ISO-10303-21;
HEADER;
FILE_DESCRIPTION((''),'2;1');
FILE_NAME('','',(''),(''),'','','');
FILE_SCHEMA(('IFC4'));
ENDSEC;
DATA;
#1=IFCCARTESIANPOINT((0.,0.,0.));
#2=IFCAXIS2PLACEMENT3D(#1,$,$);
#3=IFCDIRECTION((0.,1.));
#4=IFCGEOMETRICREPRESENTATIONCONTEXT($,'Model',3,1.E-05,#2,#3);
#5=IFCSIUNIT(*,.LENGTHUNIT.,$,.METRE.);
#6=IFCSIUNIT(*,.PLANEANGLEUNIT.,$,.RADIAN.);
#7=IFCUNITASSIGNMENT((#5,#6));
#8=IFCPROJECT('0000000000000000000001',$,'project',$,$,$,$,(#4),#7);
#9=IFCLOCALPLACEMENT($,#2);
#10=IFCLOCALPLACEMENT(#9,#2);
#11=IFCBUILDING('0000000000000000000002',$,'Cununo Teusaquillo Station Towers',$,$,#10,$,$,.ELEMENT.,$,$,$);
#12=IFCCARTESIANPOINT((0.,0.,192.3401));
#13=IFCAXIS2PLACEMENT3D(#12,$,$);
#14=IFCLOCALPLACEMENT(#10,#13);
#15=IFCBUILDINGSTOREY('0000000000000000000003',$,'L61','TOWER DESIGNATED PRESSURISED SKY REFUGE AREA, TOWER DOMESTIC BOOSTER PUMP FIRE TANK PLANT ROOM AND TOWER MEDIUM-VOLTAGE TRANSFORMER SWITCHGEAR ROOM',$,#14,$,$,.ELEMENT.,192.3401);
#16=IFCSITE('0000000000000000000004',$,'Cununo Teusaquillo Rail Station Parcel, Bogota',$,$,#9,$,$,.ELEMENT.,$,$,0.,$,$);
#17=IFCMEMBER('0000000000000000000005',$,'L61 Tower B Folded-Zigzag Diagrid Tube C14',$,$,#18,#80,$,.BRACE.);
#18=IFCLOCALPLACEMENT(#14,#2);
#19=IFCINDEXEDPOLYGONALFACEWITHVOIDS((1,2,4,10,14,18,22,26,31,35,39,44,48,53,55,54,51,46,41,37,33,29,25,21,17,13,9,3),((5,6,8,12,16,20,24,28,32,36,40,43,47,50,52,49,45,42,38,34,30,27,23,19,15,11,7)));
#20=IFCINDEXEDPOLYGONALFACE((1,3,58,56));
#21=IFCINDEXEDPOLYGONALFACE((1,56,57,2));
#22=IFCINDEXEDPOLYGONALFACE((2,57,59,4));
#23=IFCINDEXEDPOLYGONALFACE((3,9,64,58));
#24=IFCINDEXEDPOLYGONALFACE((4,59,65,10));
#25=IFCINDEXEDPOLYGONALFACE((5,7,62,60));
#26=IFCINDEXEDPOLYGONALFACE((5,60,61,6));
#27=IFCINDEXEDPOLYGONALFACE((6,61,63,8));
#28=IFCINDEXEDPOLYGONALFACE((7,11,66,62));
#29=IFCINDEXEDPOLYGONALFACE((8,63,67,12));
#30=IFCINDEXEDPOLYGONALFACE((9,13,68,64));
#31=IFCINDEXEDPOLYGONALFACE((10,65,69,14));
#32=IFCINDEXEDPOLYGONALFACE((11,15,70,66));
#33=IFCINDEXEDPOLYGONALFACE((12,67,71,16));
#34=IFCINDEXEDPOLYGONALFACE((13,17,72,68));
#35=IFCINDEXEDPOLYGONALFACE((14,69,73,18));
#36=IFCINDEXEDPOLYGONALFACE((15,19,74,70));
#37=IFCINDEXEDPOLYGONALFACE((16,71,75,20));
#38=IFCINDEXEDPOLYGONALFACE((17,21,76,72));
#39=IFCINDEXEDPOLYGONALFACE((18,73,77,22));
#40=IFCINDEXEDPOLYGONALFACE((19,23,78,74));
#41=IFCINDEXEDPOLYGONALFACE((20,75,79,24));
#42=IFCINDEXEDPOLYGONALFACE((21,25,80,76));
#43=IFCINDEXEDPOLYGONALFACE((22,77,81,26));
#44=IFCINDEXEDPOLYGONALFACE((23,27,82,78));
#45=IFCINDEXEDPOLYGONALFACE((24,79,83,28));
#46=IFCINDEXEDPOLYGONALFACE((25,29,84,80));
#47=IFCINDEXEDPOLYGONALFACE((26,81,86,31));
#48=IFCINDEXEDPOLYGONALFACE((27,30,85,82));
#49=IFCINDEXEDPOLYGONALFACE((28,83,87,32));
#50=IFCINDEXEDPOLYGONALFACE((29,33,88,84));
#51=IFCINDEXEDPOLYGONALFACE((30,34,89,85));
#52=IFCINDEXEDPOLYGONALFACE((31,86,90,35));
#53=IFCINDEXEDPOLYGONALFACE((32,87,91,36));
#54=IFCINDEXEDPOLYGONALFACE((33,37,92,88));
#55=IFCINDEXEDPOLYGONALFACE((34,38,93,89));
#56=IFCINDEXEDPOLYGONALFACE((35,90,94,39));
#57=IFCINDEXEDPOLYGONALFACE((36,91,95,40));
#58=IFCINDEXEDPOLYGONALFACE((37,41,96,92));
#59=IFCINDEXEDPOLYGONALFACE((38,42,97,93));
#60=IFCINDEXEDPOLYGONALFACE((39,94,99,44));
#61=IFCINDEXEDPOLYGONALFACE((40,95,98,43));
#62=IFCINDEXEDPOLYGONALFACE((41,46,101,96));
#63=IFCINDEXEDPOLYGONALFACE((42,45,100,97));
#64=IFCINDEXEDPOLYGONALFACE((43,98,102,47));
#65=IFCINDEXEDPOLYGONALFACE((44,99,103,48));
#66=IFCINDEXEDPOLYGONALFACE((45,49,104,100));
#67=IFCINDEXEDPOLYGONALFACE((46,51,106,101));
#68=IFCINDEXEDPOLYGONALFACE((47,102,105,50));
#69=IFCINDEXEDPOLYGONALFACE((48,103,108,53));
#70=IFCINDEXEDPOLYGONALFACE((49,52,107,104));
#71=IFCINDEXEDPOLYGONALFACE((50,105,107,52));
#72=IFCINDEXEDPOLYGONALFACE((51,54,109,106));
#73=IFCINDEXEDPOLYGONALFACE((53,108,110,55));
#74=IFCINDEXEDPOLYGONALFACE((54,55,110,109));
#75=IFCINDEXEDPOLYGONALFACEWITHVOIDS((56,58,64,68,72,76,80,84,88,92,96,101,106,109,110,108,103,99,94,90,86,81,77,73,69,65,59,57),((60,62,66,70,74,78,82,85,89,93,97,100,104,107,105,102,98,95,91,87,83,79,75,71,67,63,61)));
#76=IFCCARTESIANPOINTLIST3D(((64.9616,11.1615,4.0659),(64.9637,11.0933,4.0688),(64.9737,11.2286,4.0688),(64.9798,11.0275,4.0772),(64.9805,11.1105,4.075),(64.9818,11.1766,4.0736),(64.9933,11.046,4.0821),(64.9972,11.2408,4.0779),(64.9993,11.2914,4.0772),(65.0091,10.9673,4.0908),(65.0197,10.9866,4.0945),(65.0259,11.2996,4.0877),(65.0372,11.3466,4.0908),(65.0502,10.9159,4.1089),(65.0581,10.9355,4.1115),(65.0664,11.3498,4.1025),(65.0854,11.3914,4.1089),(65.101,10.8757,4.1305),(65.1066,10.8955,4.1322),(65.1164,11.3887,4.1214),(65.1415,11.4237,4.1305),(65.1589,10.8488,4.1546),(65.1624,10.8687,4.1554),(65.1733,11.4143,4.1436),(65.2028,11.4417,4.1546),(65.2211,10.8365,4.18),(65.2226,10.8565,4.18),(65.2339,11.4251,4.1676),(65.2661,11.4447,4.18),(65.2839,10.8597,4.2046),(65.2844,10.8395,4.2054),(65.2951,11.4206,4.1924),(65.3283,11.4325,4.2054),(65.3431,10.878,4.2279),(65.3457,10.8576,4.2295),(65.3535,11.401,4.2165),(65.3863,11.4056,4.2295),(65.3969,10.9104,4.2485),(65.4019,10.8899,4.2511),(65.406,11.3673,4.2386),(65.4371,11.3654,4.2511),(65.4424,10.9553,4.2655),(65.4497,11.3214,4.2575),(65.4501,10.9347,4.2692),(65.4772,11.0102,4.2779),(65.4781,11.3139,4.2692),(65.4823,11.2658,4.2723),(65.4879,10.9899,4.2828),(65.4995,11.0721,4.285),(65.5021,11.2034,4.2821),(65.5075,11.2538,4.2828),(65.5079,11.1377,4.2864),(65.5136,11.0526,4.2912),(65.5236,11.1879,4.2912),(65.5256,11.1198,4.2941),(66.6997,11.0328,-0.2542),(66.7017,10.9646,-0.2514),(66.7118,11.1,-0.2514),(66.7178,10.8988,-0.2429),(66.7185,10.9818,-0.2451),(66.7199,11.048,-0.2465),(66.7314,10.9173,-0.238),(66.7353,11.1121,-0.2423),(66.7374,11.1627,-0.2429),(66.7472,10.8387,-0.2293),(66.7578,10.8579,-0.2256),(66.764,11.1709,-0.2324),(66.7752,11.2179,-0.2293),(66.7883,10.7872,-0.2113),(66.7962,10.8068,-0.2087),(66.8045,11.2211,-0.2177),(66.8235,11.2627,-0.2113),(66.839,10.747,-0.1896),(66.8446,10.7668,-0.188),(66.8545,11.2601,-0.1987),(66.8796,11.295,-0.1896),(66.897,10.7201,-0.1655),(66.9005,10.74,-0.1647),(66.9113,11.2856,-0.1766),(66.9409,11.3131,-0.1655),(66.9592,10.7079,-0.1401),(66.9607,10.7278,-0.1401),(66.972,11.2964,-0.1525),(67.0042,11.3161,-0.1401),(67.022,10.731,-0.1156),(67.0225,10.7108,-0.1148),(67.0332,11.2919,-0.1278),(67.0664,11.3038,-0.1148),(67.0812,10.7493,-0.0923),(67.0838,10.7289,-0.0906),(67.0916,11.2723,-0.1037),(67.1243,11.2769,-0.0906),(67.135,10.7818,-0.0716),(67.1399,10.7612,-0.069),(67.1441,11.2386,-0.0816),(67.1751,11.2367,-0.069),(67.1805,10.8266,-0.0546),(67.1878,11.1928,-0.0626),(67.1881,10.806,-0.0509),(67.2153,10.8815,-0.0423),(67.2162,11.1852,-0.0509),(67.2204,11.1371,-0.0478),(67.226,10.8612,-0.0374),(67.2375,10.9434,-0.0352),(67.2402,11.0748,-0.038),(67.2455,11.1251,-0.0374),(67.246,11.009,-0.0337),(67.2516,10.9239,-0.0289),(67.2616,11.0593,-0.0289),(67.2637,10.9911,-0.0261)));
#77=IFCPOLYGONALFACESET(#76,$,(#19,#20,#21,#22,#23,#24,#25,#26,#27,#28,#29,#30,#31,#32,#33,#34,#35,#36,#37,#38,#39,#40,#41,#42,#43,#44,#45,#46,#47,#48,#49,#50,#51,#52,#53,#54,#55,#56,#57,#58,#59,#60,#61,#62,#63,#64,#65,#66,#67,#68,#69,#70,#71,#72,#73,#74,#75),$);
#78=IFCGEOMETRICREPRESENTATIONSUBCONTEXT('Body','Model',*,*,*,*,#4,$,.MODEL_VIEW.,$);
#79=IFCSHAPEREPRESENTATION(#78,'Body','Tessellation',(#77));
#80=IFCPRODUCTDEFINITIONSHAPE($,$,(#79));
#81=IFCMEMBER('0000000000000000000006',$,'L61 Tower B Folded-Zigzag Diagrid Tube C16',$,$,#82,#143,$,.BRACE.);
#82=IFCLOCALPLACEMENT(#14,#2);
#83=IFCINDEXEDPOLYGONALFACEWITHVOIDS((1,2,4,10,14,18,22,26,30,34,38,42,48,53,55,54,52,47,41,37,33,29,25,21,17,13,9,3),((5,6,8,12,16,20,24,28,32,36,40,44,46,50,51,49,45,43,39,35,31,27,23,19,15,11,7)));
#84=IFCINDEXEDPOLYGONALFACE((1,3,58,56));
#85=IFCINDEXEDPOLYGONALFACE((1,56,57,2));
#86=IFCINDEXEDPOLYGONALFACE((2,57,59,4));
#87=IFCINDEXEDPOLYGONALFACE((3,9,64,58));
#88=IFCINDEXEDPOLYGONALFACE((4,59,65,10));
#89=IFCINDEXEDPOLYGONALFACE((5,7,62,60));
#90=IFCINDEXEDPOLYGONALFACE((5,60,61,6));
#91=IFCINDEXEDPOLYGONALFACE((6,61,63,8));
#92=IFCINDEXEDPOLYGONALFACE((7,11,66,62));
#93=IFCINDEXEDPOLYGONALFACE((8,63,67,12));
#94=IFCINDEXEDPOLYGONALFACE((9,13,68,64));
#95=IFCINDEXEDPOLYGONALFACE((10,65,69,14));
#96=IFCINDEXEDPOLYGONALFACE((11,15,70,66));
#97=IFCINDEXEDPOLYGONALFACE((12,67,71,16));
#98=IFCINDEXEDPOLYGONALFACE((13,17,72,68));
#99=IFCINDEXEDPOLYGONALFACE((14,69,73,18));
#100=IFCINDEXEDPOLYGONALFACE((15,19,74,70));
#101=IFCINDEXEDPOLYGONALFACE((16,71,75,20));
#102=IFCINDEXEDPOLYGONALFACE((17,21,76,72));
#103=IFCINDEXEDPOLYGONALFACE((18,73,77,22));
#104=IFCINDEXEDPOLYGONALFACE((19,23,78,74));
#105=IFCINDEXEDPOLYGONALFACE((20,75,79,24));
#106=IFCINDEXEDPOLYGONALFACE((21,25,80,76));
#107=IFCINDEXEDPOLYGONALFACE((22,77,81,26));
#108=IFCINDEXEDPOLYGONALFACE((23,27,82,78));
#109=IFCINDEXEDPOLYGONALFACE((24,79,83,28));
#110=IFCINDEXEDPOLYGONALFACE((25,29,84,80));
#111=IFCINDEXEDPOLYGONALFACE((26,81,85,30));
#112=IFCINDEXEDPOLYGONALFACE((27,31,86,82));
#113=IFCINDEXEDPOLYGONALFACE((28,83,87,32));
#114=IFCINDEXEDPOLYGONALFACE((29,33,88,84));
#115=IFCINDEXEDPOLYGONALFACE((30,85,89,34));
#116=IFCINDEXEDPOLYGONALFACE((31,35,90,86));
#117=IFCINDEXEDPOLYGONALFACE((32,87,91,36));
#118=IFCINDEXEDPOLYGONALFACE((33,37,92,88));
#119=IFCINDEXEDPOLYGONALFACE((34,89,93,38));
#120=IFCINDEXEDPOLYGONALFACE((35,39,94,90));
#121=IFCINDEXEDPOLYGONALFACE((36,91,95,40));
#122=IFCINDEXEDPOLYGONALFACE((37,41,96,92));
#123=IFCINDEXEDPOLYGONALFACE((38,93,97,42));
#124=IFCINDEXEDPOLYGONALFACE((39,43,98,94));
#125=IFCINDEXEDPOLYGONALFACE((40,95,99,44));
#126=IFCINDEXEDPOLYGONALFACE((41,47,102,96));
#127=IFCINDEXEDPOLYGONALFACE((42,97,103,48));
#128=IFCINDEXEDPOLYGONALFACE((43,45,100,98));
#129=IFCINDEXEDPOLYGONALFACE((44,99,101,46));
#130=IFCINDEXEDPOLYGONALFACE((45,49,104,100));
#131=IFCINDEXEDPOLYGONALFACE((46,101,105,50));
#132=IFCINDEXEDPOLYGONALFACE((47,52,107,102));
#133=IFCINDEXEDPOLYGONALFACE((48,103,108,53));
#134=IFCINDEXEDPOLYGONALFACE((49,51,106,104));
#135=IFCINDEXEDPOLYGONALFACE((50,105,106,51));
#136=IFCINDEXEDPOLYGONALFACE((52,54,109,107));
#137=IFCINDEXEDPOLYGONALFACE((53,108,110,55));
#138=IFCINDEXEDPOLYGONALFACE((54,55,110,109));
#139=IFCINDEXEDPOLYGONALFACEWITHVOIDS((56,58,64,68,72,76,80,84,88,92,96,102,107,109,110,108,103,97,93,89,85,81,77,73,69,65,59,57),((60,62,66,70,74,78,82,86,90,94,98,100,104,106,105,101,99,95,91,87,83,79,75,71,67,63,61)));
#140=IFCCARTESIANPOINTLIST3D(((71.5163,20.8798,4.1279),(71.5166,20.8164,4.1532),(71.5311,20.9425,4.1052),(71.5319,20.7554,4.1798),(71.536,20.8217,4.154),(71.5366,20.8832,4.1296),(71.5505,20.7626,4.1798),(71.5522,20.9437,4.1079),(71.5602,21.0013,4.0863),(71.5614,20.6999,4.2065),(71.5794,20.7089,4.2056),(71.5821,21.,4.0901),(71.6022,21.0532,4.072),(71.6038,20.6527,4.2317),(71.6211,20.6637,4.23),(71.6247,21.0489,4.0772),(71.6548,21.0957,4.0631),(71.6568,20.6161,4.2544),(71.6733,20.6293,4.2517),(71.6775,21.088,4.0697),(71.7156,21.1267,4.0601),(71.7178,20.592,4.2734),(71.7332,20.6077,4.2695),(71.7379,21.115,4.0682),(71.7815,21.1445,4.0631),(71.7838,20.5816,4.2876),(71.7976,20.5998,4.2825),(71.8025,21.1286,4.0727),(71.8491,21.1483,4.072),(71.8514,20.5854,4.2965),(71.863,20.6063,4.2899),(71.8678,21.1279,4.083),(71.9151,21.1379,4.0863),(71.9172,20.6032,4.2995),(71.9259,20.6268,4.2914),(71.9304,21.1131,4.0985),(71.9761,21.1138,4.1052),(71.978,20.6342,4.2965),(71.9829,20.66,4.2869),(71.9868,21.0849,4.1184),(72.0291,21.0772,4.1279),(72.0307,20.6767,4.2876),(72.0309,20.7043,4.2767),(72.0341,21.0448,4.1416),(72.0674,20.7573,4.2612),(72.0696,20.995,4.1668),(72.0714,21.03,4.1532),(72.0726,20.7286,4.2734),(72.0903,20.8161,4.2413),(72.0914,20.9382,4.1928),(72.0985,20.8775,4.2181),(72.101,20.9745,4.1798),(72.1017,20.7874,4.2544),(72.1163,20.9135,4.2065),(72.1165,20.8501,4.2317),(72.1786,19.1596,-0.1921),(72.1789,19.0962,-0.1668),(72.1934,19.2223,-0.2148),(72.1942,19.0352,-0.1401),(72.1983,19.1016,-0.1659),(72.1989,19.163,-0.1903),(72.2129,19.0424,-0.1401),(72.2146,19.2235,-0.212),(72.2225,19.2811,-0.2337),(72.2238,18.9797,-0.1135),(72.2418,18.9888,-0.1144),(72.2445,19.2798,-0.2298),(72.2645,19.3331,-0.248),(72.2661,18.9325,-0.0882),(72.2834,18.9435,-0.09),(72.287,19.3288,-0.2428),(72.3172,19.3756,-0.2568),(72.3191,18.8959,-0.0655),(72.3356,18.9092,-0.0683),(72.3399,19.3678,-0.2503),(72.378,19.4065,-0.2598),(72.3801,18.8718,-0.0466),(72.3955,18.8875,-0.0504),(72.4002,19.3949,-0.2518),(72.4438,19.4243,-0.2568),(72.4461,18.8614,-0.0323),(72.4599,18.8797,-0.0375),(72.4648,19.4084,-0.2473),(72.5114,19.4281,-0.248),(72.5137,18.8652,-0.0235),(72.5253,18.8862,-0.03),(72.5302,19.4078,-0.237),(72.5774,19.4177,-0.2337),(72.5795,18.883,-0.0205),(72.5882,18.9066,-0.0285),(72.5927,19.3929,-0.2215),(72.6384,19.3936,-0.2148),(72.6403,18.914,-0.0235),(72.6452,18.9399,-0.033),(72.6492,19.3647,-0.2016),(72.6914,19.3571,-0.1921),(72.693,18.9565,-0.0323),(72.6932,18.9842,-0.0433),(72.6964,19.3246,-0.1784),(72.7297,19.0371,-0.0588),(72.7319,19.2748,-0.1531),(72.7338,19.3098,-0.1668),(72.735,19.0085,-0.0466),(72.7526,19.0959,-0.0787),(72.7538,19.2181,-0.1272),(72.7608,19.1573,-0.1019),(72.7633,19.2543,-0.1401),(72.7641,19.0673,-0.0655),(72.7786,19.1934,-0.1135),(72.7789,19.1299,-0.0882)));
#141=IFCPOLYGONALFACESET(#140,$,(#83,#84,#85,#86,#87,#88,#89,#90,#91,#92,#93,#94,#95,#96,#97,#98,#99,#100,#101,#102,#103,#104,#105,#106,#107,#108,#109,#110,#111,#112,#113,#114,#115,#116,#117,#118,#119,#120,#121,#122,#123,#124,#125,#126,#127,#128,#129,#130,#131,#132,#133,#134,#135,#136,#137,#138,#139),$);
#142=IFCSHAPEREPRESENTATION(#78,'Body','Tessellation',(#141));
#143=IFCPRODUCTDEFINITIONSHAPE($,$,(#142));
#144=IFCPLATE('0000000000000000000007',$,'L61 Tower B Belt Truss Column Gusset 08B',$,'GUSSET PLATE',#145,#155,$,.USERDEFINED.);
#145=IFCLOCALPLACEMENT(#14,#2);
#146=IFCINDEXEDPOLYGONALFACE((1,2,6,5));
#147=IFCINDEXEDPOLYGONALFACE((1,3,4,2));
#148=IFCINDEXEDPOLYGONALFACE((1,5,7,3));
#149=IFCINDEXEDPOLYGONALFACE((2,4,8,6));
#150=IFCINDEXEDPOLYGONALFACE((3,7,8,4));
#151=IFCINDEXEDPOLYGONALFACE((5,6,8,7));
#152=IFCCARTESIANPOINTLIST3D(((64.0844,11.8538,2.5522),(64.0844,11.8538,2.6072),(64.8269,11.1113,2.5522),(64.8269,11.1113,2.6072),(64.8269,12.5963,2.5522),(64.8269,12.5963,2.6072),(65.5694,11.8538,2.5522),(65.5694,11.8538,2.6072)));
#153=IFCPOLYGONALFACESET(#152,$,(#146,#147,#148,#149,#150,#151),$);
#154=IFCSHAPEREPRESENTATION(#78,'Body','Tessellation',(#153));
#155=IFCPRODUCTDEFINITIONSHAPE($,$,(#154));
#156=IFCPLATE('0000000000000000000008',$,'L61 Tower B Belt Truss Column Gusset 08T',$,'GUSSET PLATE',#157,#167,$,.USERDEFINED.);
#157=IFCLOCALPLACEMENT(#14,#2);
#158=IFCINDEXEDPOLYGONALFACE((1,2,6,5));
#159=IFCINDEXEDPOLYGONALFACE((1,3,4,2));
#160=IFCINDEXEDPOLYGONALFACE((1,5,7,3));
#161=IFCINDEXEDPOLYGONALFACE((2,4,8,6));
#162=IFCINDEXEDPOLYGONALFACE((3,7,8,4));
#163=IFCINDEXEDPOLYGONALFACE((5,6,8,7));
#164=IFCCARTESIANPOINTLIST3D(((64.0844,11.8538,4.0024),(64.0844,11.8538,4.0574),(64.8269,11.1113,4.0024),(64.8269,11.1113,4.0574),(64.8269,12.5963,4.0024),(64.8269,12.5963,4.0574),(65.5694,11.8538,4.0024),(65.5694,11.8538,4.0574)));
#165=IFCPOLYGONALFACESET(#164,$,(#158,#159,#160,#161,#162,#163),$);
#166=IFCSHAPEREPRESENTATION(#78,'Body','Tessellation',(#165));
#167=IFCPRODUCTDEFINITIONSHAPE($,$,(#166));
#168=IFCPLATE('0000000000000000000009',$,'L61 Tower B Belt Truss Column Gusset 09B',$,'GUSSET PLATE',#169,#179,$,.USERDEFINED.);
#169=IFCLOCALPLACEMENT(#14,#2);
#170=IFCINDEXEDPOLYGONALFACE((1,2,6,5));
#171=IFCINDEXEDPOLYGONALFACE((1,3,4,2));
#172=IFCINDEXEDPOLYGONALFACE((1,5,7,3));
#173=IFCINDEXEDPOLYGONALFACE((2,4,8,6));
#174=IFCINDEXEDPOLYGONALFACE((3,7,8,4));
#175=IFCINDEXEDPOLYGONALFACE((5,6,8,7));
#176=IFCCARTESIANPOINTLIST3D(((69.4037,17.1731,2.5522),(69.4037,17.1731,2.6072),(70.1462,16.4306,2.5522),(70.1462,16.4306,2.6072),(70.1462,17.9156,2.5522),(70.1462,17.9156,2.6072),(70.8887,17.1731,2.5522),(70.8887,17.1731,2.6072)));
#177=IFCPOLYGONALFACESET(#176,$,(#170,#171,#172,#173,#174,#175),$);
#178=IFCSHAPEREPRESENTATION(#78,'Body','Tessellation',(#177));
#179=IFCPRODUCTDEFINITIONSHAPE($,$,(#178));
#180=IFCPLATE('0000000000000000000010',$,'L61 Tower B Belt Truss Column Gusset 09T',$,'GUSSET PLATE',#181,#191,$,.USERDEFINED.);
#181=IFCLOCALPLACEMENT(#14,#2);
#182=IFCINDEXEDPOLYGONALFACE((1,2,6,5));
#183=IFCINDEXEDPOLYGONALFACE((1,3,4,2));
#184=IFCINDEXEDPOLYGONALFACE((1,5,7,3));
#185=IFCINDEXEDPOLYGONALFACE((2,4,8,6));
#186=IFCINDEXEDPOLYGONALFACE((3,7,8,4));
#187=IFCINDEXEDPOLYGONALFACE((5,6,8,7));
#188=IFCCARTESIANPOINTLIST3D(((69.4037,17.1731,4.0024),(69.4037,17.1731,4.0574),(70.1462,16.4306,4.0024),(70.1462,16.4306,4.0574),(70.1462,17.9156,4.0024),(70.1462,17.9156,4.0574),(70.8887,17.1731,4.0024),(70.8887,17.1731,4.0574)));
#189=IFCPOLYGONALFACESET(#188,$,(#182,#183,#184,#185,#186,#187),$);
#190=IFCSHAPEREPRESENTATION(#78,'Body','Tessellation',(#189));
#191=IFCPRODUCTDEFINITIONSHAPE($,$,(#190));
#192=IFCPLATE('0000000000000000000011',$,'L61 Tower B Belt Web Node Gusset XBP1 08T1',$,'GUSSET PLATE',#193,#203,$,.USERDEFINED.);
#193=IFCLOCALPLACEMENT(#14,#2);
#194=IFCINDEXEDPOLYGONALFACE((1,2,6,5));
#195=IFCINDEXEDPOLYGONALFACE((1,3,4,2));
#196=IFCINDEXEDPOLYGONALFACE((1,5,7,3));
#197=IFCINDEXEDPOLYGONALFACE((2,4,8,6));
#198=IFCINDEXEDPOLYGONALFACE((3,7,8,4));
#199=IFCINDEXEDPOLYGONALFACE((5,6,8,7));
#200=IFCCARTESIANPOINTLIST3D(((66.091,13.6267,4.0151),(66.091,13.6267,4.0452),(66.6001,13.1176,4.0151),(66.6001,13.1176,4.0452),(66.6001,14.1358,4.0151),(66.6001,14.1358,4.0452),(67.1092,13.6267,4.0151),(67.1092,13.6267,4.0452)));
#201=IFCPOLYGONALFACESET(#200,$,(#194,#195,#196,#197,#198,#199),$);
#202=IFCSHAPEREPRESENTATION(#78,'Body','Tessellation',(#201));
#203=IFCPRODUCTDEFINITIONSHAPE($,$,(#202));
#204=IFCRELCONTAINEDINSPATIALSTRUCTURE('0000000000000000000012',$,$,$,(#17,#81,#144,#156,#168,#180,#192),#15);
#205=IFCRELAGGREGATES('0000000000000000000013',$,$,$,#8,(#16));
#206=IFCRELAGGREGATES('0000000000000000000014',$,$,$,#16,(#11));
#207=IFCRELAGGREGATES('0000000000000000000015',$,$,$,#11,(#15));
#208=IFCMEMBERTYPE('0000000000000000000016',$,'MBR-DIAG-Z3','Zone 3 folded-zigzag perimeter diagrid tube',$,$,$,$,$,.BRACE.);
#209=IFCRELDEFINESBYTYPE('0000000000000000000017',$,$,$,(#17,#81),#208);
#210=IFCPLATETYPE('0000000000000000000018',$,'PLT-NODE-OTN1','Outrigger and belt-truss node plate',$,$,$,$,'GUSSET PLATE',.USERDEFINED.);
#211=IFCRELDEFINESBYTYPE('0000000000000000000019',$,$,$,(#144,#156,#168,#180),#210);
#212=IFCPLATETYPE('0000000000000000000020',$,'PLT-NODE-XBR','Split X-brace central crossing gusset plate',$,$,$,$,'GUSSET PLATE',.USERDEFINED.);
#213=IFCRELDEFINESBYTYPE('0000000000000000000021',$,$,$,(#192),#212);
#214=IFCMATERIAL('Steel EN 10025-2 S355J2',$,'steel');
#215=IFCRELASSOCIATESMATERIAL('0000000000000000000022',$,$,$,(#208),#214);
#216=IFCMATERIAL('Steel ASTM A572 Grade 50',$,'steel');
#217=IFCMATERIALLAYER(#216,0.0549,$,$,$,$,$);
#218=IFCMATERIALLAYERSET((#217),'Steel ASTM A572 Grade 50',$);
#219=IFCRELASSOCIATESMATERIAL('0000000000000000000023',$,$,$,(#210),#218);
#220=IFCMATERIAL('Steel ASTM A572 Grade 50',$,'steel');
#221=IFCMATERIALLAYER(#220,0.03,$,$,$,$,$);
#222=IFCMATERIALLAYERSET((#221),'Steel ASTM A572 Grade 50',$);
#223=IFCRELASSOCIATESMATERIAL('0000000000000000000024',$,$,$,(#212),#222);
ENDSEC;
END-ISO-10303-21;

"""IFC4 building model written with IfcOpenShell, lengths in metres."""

from ifc_helpers import new_model, si_unit, direction, frame, origin, origin_2d, place, context, subcontext, project, spatial, rectangle, hollow_circle, extrude, source, transform, mapped, material, layer, layer_set, material_profile, profile_set, type_object, element, save


model = new_model("IFC4")

# Units and contexts
model_context = context("Model", 3, precision=1e-05, world=origin(), true_north=direction((0.0, 1.0)))
body_context = subcontext(model_context, "Body", "Model", "MODEL_VIEW")
ifc_project = project(units=[si_unit("LENGTHUNIT", "METRE"), si_unit("PLANEANGLEUNIT", "RADIAN")], contexts=[model_context])

# Site, building, storey
site_placement = place(None, origin())
site = spatial("IfcSite", under=ifc_project, at=site_placement, Name="Cununo Teusaquillo Rail Station Parcel, Bogota", CompositionType="ELEMENT", RefElevation=0.0)
building_placement = place(site_placement, origin())
building = spatial("IfcBuilding", under=site, at=building_placement, Name="Cununo Teusaquillo Station Towers", CompositionType="ELEMENT")
storey_placement = place(building_placement, frame((0.0, 0.0, 192.3401)))
storey = spatial("IfcBuildingStorey", under=building, at=storey_placement, Name="L61", Description="TOWER DESIGNATED PRESSURISED SKY REFUGE AREA, TOWER DOMESTIC BOOSTER PUMP FIRE TANK PLANT ROOM AND TOWER MEDIUM-VOLTAGE TRANSFORMER SWITCHGEAR ROOM", CompositionType="ELEMENT", Elevation=192.3401)

# Members
ifc_material_1 = material(Name="Steel EN 10025-2 S355J2", Category="steel")
ifc_material_profile_1 = material_profile(ifc_material_1, hollow_circle(Radius=0.3049, WallThickness=0.02, at=origin_2d()), Name="CHS 610x20")
ifc_profile_set_1 = profile_set([ifc_material_profile_1], Name="Steel EN 10025-2 S355J2")
member_type_1 = type_object("IfcMemberType", Name="MBR-DIAG-Z3", Description="Zone 3 folded-zigzag perimeter diagrid tube", PredefinedType="BRACE", material=ifc_profile_set_1)
member_1_placement = place(storey_placement, frame((66.9817, 11.012, -0.1401), z_axis=(-0.373101, 0.02762, 0.92738), x_axis=(-0.073825, -0.997271, 0.0)))
element("IfcMember", 1, at=member_1_placement, inside=storey, type_object=member_type_1, Name="L61 Tower B Folded-Zigzag Diagrid Tube C14", PredefinedType="BRACE", context=body_context, shape_type="SweptSolid", body=[
    extrude(hollow_circle(Radius=0.3049, WallThickness=0.02, at=origin_2d()), origin(), (0.0, 0.0, 1.0), 4.6584),
])
member_2_placement = place(storey_placement, frame((72.4788, 19.1448, -0.1401), z_axis=(-0.141019, 0.366245, 0.919771), x_axis=(-0.933212, -0.359325, 0.0)))
element("IfcMember", 2, at=member_2_placement, inside=storey, type_object=member_type_1, Name="L61 Tower B Folded-Zigzag Diagrid Tube C16", PredefinedType="BRACE", context=body_context, shape_type="SweptSolid", body=[
    extrude(hollow_circle(Radius=0.3049, WallThickness=0.02, at=origin_2d()), origin(), (0.0, 0.0, 1.0), 4.6968),
])

# Plates
ifc_material_2 = material(Name="Steel ASTM A572 Grade 50", Category="steel")
ifc_layer_1 = layer(ifc_material_2, 0.0549)
ifc_layer_set_1 = layer_set([ifc_layer_1], Name="Steel ASTM A572 Grade 50")
plate_type_1 = type_object("IfcPlateType", Name="PLT-NODE-OTN1", Description="Outrigger and belt-truss node plate", ElementType="GUSSET PLATE", PredefinedType="USERDEFINED", material=ifc_layer_set_1)
shared_shape_1 = source(origin(), body_context, "Body", "SweptSolid", [
    extrude(rectangle(XDim=1.05, YDim=1.05, at=origin_2d()), origin(), (0.0, 0.0, 1.0), 0.0549),
])
for number, where, z_axis, x_axis, name in (
    (3, (64.8269, 11.8538, 2.5522), (0.0, 0.0, 1.0), (0.707107, 0.707107, 0.0), "L61 Tower B Belt Truss Column Gusset 08B"),
    (4, (64.8269, 11.8538, 4.0024), (0.0, 0.0, 1.0), (0.707107, 0.707107, 0.0), "L61 Tower B Belt Truss Column Gusset 08T"),
    (5, (70.1462, 17.1731, 2.5522), (0.0, 0.0, 1.0), (0.707107, 0.707107, 0.0), "L61 Tower B Belt Truss Column Gusset 09B"),
    (6, (70.1462, 17.1731, 4.0024), (0.0, 0.0, 1.0), (0.707107, 0.707107, 0.0), "L61 Tower B Belt Truss Column Gusset 09T"),
):
    element("IfcPlate", number, at=place(storey_placement, frame(where, z_axis=z_axis, x_axis=x_axis)), inside=storey, type_object=plate_type_1, Name=name, ObjectType="GUSSET PLATE", PredefinedType="USERDEFINED", context=body_context, shape_type="MappedRepresentation", body=[
        mapped(shared_shape_1, transform((0.0, 0.0, 0.0), x_axis=(1.0, 0.0, 0.0), y_axis=(0.0, 1.0, 0.0), z_axis=(0.0, 0.0, 1.0), scale=1.0)),
    ])
ifc_material_3 = material(Name="Steel ASTM A572 Grade 50", Category="steel")
ifc_layer_2 = layer(ifc_material_3, 0.03)
ifc_layer_set_2 = layer_set([ifc_layer_2], Name="Steel ASTM A572 Grade 50")
plate_type_2 = type_object("IfcPlateType", Name="PLT-NODE-XBR", Description="Split X-brace central crossing gusset plate", ElementType="GUSSET PLATE", PredefinedType="USERDEFINED", material=ifc_layer_set_2)
shared_shape_2 = source(origin(), body_context, "Body", "SweptSolid", [
    extrude(rectangle(XDim=0.72, YDim=0.72, at=origin_2d()), origin(), (0.0, 0.0, 1.0), 0.03),
])
for number, where, z_axis, x_axis, name in (
    (7, (66.6001, 13.6267, 4.0151), (0.0, 0.0, 1.0), (0.707107, 0.707107, 0.0), "L61 Tower B Belt Web Node Gusset XBP1 08T1"),
):
    element("IfcPlate", number, at=place(storey_placement, frame(where, z_axis=z_axis, x_axis=x_axis)), inside=storey, type_object=plate_type_2, Name=name, ObjectType="GUSSET PLATE", PredefinedType="USERDEFINED", context=body_context, shape_type="MappedRepresentation", body=[
        mapped(shared_shape_2, transform((0.0, 0.0, 0.0), x_axis=(1.0, 0.0, 0.0), y_axis=(0.0, 1.0, 0.0), z_axis=(0.0, 0.0, 1.0), scale=1.0)),
    ])

save(model, "model.ifc")
